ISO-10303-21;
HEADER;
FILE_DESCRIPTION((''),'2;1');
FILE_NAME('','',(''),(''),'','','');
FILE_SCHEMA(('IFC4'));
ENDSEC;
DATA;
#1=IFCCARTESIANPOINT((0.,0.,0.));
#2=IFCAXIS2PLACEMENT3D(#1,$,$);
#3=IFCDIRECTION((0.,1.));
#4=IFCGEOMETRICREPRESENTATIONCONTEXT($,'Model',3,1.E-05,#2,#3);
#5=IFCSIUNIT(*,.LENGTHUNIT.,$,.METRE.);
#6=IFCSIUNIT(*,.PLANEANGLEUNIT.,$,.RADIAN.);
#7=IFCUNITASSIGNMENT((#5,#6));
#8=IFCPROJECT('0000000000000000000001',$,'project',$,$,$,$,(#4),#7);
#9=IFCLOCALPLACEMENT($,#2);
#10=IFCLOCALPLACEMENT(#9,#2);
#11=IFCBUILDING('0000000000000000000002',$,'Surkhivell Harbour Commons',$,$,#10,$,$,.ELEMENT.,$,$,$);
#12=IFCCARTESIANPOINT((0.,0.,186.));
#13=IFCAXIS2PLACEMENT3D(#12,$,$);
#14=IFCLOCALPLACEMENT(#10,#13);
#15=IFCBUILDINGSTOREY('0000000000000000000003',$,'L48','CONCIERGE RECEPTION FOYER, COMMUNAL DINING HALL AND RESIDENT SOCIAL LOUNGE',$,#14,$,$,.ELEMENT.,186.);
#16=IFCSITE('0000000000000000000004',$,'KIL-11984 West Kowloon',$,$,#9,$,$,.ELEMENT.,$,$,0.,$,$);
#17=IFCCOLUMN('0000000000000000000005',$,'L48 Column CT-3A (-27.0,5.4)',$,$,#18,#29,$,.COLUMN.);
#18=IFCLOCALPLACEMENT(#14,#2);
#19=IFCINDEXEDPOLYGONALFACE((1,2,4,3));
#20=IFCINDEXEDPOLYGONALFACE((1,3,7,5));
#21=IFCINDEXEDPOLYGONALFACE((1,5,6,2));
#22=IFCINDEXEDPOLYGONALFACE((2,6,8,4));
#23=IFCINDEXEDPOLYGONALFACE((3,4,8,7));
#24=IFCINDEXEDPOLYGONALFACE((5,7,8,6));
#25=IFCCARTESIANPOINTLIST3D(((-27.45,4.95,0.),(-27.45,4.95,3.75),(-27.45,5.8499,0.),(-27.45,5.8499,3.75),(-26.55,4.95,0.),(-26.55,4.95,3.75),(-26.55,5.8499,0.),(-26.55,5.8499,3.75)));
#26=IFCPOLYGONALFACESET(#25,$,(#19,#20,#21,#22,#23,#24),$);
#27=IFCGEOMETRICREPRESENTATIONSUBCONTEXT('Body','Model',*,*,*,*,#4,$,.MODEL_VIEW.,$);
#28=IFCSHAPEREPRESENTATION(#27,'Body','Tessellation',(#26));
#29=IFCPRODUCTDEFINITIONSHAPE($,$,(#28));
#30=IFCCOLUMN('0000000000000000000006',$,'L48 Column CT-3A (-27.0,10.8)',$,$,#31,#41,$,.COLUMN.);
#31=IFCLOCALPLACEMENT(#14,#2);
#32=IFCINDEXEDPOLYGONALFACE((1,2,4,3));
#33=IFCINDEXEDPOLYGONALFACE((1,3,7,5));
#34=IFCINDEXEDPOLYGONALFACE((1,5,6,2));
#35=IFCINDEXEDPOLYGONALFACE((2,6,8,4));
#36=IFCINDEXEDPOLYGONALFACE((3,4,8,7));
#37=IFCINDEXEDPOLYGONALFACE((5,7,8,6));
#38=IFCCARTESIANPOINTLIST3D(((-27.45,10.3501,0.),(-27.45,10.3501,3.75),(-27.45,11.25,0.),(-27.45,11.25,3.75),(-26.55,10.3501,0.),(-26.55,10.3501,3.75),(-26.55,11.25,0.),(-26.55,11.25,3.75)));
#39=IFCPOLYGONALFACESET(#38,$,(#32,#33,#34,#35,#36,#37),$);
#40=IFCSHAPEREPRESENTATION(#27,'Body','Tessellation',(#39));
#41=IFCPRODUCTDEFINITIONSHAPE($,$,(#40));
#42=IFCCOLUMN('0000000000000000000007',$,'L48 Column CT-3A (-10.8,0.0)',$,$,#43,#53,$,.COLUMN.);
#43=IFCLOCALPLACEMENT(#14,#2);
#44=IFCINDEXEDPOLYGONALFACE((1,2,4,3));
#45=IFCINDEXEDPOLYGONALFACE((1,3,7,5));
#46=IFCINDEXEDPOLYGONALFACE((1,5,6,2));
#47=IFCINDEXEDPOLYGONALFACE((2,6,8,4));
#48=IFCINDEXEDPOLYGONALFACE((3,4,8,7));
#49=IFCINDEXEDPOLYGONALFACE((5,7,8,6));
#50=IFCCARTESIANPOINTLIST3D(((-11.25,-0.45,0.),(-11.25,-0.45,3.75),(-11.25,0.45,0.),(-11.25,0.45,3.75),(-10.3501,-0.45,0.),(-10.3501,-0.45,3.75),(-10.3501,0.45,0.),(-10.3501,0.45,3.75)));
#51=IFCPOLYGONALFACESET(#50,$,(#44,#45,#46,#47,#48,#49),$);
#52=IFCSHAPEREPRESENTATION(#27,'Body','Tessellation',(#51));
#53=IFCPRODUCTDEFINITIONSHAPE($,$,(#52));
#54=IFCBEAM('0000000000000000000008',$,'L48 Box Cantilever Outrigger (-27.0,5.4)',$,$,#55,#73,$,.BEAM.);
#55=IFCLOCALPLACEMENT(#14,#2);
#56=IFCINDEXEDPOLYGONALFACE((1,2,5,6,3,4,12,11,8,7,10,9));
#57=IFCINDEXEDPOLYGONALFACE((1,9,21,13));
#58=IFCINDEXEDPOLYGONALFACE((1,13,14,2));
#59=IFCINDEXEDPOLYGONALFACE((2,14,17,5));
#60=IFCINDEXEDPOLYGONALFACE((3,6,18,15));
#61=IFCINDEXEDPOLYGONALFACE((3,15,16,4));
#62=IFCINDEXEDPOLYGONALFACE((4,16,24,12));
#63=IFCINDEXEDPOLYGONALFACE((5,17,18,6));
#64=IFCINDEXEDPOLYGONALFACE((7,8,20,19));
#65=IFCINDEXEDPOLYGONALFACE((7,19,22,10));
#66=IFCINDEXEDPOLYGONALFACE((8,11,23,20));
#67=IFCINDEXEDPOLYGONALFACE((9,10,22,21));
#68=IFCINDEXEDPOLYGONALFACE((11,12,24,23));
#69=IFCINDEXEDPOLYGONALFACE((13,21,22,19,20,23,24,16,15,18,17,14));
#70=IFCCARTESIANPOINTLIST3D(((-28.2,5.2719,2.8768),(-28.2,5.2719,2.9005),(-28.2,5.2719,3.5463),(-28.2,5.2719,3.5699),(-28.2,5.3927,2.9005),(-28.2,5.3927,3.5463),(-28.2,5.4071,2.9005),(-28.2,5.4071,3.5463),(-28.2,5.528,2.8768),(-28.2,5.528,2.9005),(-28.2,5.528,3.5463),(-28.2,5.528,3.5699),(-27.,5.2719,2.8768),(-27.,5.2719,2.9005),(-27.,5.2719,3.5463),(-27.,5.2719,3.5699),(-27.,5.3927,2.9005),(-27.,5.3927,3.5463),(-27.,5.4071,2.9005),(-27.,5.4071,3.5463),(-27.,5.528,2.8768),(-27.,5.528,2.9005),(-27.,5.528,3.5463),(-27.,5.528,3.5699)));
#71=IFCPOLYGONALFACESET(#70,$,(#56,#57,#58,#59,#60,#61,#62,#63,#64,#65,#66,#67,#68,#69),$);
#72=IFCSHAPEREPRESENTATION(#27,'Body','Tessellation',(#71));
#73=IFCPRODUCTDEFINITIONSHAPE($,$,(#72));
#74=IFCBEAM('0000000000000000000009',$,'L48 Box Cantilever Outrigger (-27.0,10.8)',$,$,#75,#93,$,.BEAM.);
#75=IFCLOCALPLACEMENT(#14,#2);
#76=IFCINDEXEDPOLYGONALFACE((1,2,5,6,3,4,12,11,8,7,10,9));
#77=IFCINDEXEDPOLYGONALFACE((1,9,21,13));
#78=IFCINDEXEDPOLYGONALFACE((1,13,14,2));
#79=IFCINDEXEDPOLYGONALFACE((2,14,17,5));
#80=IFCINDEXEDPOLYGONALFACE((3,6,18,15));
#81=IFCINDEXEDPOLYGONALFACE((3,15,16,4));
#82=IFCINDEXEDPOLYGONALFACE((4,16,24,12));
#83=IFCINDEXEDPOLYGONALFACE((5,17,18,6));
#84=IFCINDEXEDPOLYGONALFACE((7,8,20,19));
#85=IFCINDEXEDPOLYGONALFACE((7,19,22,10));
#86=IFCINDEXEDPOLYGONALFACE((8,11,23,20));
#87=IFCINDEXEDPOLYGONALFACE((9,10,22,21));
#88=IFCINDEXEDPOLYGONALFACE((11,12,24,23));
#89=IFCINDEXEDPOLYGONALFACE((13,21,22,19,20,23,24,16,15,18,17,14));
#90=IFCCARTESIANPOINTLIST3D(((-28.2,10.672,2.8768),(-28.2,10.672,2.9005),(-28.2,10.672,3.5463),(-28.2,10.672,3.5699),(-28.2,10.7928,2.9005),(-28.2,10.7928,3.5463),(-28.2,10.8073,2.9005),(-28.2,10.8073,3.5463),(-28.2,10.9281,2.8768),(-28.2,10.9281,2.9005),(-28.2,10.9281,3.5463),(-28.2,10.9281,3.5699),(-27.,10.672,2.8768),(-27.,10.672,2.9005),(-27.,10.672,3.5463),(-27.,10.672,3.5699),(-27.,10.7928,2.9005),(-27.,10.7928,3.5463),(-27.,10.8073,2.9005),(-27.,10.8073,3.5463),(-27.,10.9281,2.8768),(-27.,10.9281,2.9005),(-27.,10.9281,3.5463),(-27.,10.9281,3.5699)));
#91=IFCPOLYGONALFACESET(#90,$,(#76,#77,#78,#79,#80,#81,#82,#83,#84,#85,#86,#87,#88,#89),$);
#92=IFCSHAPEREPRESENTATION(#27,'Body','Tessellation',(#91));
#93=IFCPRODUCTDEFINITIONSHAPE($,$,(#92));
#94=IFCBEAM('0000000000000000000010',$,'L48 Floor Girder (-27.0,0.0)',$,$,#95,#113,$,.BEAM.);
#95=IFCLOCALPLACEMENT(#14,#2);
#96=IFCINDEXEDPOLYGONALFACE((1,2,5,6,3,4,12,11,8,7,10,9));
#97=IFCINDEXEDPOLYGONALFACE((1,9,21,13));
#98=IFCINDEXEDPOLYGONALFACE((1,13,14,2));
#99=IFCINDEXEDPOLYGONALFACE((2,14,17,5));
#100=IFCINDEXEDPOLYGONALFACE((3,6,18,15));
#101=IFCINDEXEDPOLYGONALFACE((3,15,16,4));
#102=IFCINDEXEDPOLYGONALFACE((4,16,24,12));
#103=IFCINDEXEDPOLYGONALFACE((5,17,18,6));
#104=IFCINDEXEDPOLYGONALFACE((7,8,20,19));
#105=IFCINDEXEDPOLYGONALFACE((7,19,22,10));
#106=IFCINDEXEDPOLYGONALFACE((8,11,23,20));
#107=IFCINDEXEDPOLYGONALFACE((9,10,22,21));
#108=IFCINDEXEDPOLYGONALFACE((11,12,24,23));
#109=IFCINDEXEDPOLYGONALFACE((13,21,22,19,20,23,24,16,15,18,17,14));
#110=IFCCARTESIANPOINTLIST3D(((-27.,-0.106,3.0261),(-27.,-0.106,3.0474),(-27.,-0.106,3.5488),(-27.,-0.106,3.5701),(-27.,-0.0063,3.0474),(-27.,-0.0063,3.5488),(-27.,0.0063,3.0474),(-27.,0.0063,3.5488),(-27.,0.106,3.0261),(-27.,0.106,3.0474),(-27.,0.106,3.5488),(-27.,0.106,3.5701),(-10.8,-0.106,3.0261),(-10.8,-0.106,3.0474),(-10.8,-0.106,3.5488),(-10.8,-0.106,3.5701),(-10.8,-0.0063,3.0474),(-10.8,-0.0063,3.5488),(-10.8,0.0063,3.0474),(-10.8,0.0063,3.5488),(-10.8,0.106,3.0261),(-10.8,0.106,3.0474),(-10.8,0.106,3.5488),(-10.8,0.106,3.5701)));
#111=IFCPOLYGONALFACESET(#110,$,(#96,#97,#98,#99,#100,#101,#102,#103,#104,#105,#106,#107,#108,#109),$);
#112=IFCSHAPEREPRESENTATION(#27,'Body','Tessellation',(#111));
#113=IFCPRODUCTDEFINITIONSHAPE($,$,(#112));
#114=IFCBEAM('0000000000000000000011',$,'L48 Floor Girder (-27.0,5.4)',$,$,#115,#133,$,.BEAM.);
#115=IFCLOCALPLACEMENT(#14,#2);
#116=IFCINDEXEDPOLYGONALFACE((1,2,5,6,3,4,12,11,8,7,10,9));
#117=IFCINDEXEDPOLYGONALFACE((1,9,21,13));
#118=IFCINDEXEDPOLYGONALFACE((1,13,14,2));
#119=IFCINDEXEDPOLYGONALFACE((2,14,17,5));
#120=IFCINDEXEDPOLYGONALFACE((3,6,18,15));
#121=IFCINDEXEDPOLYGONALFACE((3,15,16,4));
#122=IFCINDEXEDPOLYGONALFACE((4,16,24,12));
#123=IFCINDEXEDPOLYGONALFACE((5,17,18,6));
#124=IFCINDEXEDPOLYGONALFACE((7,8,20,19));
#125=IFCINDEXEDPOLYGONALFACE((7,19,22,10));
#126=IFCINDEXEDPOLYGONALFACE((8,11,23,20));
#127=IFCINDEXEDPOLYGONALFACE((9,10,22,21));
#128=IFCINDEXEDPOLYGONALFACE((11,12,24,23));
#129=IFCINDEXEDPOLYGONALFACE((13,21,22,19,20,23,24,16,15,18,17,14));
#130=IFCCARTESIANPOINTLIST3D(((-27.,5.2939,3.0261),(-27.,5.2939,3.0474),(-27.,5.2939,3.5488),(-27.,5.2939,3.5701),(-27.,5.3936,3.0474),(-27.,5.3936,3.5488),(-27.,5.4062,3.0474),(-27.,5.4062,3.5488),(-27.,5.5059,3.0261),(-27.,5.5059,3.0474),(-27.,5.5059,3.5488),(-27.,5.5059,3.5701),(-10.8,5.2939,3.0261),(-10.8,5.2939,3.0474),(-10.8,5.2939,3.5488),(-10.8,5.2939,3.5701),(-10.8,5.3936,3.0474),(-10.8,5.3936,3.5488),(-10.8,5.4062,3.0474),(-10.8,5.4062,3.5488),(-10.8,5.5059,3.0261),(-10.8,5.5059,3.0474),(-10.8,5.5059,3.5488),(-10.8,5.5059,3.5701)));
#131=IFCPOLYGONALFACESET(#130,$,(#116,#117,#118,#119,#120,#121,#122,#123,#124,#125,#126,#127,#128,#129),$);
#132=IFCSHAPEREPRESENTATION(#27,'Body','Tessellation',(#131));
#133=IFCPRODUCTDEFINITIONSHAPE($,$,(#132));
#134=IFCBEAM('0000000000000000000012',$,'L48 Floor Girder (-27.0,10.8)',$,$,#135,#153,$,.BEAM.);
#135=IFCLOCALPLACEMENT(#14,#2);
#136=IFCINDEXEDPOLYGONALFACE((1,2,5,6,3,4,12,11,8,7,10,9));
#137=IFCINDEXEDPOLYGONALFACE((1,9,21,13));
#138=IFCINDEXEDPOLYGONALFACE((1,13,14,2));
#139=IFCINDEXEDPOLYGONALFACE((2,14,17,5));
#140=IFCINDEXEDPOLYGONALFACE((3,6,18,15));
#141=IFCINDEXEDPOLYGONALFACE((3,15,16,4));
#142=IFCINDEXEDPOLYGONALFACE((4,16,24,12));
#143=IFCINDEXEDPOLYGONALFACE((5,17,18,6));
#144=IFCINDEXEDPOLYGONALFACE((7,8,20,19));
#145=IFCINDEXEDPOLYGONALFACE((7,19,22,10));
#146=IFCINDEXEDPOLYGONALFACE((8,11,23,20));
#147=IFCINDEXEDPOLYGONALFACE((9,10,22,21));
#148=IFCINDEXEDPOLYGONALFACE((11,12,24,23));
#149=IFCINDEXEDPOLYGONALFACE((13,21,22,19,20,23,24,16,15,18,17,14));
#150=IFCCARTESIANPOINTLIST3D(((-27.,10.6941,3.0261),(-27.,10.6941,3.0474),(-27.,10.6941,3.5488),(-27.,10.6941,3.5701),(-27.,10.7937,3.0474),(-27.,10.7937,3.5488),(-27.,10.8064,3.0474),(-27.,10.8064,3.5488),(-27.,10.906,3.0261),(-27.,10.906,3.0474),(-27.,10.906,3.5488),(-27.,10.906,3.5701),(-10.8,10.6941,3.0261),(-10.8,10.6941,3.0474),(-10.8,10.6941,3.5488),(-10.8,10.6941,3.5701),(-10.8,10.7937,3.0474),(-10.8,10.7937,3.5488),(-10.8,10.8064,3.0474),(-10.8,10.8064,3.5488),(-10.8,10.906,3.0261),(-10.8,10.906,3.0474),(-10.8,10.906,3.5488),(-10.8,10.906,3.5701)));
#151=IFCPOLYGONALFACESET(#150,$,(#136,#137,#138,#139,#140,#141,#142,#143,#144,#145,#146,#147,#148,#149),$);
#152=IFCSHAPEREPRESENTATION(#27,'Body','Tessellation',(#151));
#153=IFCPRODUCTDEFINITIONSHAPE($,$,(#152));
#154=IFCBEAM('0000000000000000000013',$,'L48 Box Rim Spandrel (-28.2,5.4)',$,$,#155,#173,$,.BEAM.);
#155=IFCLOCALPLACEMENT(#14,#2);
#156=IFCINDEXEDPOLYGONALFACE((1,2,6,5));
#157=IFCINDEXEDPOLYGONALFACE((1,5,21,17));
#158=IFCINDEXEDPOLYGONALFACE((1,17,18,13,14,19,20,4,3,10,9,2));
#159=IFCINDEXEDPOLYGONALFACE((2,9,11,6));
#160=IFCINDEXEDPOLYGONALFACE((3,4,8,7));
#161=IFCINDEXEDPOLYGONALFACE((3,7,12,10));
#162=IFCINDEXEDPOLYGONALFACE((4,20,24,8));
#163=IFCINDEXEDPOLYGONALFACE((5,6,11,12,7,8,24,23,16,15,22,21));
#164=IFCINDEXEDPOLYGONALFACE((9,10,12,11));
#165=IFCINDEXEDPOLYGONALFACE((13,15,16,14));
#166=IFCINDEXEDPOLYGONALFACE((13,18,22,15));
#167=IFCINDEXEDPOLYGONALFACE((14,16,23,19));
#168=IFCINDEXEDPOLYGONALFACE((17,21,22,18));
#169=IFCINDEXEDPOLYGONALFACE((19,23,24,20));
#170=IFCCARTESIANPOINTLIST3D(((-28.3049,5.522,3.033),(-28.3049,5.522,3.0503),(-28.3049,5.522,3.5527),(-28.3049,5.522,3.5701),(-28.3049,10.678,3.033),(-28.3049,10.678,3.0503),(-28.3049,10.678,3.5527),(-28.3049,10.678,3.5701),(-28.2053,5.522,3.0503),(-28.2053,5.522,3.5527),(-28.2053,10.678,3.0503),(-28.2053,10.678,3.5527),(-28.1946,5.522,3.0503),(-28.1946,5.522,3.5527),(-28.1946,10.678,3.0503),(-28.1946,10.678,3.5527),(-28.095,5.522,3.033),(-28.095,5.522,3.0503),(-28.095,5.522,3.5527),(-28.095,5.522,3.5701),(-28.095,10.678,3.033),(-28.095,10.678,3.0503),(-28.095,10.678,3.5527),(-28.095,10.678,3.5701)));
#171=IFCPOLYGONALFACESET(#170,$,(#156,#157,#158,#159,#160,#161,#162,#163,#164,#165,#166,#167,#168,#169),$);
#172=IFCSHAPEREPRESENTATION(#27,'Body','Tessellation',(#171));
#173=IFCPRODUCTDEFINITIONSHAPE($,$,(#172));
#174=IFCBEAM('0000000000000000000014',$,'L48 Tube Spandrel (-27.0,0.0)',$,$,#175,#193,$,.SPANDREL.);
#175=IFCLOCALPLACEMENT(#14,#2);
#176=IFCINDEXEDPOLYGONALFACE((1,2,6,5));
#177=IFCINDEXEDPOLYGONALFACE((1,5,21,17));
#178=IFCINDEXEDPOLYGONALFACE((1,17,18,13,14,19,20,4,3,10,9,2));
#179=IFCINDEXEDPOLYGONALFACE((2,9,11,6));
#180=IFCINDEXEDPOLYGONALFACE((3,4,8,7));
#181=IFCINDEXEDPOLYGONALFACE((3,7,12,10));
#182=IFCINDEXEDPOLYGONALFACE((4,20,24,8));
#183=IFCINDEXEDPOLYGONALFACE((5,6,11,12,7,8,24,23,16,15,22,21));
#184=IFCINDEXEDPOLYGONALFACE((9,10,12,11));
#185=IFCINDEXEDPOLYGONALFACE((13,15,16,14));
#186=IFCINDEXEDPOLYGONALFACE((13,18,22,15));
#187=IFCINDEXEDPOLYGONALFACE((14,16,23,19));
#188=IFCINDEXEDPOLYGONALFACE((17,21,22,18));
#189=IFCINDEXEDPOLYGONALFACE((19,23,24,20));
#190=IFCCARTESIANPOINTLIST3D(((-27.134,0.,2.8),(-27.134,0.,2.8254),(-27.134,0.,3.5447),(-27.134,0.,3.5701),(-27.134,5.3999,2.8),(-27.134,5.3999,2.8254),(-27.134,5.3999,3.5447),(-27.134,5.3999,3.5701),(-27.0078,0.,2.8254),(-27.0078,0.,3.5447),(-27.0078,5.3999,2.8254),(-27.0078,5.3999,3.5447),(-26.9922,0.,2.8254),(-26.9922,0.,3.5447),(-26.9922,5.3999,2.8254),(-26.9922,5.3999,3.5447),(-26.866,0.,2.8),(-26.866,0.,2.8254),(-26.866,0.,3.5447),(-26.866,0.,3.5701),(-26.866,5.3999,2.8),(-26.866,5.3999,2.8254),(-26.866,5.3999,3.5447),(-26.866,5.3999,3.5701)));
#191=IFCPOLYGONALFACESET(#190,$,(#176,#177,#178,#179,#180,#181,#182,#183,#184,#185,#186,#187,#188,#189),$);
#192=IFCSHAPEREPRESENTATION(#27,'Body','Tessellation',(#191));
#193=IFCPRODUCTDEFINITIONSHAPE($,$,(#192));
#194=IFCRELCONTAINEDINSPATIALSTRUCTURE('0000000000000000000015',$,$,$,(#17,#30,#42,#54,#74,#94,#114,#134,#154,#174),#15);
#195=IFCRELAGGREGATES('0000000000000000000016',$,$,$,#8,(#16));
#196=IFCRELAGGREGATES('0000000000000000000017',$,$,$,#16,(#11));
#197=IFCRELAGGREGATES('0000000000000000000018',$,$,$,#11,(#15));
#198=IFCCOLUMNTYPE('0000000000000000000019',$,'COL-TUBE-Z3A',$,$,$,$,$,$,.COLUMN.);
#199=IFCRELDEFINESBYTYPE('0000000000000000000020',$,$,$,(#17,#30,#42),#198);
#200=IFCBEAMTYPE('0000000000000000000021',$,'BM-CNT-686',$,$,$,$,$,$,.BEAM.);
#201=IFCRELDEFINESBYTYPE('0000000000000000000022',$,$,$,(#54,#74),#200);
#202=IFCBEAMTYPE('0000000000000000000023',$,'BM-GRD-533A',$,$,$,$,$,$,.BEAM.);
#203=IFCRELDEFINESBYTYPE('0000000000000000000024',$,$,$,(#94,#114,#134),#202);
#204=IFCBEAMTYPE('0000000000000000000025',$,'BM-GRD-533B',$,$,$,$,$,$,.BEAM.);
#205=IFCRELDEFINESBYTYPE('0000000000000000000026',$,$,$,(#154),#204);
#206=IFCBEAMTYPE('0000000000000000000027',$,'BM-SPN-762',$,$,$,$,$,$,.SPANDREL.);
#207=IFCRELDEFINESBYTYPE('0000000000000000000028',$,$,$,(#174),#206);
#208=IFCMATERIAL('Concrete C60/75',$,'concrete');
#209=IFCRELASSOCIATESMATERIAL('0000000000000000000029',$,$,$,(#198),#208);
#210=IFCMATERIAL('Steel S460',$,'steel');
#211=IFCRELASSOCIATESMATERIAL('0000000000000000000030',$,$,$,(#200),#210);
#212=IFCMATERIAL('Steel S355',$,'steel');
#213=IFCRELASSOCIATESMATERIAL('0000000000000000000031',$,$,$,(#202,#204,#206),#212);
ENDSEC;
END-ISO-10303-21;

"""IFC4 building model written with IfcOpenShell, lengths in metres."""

from ifc_helpers import new_model, si_unit, direction, frame, origin, origin_2d, place, context, subcontext, project, spatial, rectangle, i_section, extrude, material, material_profile, profile_set, type_object, element, save


model = new_model("IFC4")

# Units and contexts
model_context = context("Model", 3, precision=1e-05, world=origin(), true_north=direction((0.0, 1.0)))
body_context = subcontext(model_context, "Body", "Model", "MODEL_VIEW")
ifc_project = project(units=[si_unit("LENGTHUNIT", "METRE"), si_unit("PLANEANGLEUNIT", "RADIAN")], contexts=[model_context])

# Site, building, storey
site_placement = place(None, origin())
site = spatial("IfcSite", under=ifc_project, at=site_placement, Name="KIL-11984 West Kowloon", CompositionType="ELEMENT", RefElevation=0.0)
building_placement = place(site_placement, origin())
building = spatial("IfcBuilding", under=site, at=building_placement, Name="Surkhivell Harbour Commons", CompositionType="ELEMENT")
storey_placement = place(building_placement, frame((0.0, 0.0, 186.0)))
storey = spatial("IfcBuildingStorey", under=building, at=storey_placement, Name="L48", Description="CONCIERGE RECEPTION FOYER, COMMUNAL DINING HALL AND RESIDENT SOCIAL LOUNGE", CompositionType="ELEMENT", Elevation=186.0)

# Columns
ifc_material_1 = material(Name="Concrete C60/75", Category="concrete")
ifc_material_profile_1 = material_profile(ifc_material_1, rectangle(XDim=0.8999, YDim=0.8999, at=origin_2d()), Name="RC-COL-900x900")
ifc_profile_set_1 = profile_set([ifc_material_profile_1], Name="Concrete C60/75")
column_type = type_object("IfcColumnType", Name="COL-TUBE-Z3A", PredefinedType="COLUMN", material=ifc_profile_set_1)
for number, where, z_axis, x_axis, name in (
    (1, (-27.0, 5.3999, 0.0), (0.0, 0.0, 1.0), (1.0, 0.0, 0.0), "L48 Column CT-3A (-27.0,5.4)"),
    (2, (-27.0, 10.8, 0.0), (0.0, 0.0, 1.0), (1.0, 0.0, 0.0), "L48 Column CT-3A (-27.0,10.8)"),
    (3, (-10.8, 0.0, 0.0), (0.0, 0.0, 1.0), (1.0, 0.0, 0.0), "L48 Column CT-3A (-10.8,0.0)"),
):
    element("IfcColumn", number, at=place(storey_placement, frame(where, z_axis=z_axis, x_axis=x_axis)), inside=storey, type_object=column_type, Name=name, PredefinedType="COLUMN", context=body_context, shape_type="SweptSolid", body=[
        extrude(rectangle(XDim=0.8999, YDim=0.8999, at=origin_2d()), origin(), (0.0, 0.0, 1.0), 3.75),
    ])

# Beams
ifc_material_2 = material(Name="Steel S460", Category="steel")
ifc_material_profile_2 = material_profile(ifc_material_2, i_section(OverallWidth=0.2561, OverallDepth=0.6931, WebThickness=0.0144, FlangeThickness=0.0237, at=origin_2d()), Name="UB686x254x170")
ifc_profile_set_2 = profile_set([ifc_material_profile_2], Name="Steel S460")
beam_type_1 = type_object("IfcBeamType", Name="BM-CNT-686", PredefinedType="BEAM", material=ifc_profile_set_2)
for number, where, z_axis, x_axis, name in (
    (4, (-27.0, 5.3999, 3.2234), (-1.0, 0.0, 0.0), (0.0, -1.0, 0.0), "L48 Box Cantilever Outrigger (-27.0,5.4)"),
    (5, (-27.0, 10.8, 3.2234), (-1.0, 0.0, 0.0), (0.0, -1.0, 0.0), "L48 Box Cantilever Outrigger (-27.0,10.8)"),
):
    element("IfcBeam", number, at=place(storey_placement, frame(where, z_axis=z_axis, x_axis=x_axis)), inside=storey, type_object=beam_type_1, Name=name, PredefinedType="BEAM", context=body_context, shape_type="SweptSolid", body=[
        extrude(i_section(OverallWidth=0.2561, OverallDepth=0.6931, WebThickness=0.0144, FlangeThickness=0.0237, at=origin_2d()), origin(), (0.0, 0.0, 1.0), 1.2),
    ])
ifc_material_3 = material(Name="Steel S355", Category="steel")
ifc_material_profile_3 = material_profile(ifc_material_3, i_section(OverallWidth=0.2119, OverallDepth=0.5439, WebThickness=0.0127, FlangeThickness=0.0212, at=origin_2d()), Name="UB533x210x122")
ifc_profile_set_3 = profile_set([ifc_material_profile_3], Name="Steel S355")
beam_type_2 = type_object("IfcBeamType", Name="BM-GRD-533A", PredefinedType="BEAM", material=ifc_profile_set_3)
for number, where, z_axis, x_axis, name in (
    (6, (-27.0, 0.0, 3.2981), (1.0, 0.0, 0.0), (0.0, 1.0, 0.0), "L48 Floor Girder (-27.0,0.0)"),
    (7, (-27.0, 5.3999, 3.2981), (1.0, 0.0, 0.0), (0.0, 1.0, 0.0), "L48 Floor Girder (-27.0,5.4)"),
    (8, (-27.0, 10.8, 3.2981), (1.0, 0.0, 0.0), (0.0, 1.0, 0.0), "L48 Floor Girder (-27.0,10.8)"),
):
    element("IfcBeam", number, at=place(storey_placement, frame(where, z_axis=z_axis, x_axis=x_axis)), inside=storey, type_object=beam_type_2, Name=name, PredefinedType="BEAM", context=body_context, shape_type="SweptSolid", body=[
        extrude(i_section(OverallWidth=0.2119, OverallDepth=0.5439, WebThickness=0.0127, FlangeThickness=0.0212, at=origin_2d()), origin(), (0.0, 0.0, 1.0), 16.2),
    ])
ifc_material_profile_4 = material_profile(ifc_material_3, i_section(OverallWidth=0.21, OverallDepth=0.5371, WebThickness=0.0107, FlangeThickness=0.0173, at=origin_2d()), Name="UB533x210x101")
ifc_profile_set_4 = profile_set([ifc_material_profile_4], Name="Steel S355")
beam_type_3 = type_object("IfcBeamType", Name="BM-GRD-533B", PredefinedType="BEAM", material=ifc_profile_set_4)
beam_1_placement = place(storey_placement, frame((-28.2, 5.522, 3.3015), z_axis=(0.0, 1.0, 0.0), x_axis=(-1.0, 0.0, 0.0)))
element("IfcBeam", 9, at=beam_1_placement, inside=storey, type_object=beam_type_3, Name="L48 Box Rim Spandrel (-28.2,5.4)", PredefinedType="BEAM", context=body_context, shape_type="SweptSolid", body=[
    extrude(i_section(OverallWidth=0.21, OverallDepth=0.5371, WebThickness=0.0107, FlangeThickness=0.0173, at=origin_2d()), origin(), (0.0, 0.0, 1.0), 5.156),
])
ifc_material_profile_5 = material_profile(ifc_material_3, i_section(OverallWidth=0.2681, OverallDepth=0.77, WebThickness=0.0156, FlangeThickness=0.0254, at=origin_2d()), Name="UB762x267x197")
ifc_profile_set_5 = profile_set([ifc_material_profile_5], Name="Steel S355")
beam_type_4 = type_object("IfcBeamType", Name="BM-SPN-762", PredefinedType="SPANDREL", material=ifc_profile_set_5)
beam_2_placement = place(storey_placement, frame((-27.0, 0.0, 3.1851), z_axis=(0.0, 1.0, 0.0), x_axis=(-1.0, 0.0, 0.0)))
element("IfcBeam", 10, at=beam_2_placement, inside=storey, type_object=beam_type_4, Name="L48 Tube Spandrel (-27.0,0.0)", PredefinedType="SPANDREL", context=body_context, shape_type="SweptSolid", body=[
    extrude(i_section(OverallWidth=0.2681, OverallDepth=0.77, WebThickness=0.0156, FlangeThickness=0.0254, at=origin_2d()), origin(), (0.0, 0.0, 1.0), 5.3999),
])

save(model, "model.ifc")
